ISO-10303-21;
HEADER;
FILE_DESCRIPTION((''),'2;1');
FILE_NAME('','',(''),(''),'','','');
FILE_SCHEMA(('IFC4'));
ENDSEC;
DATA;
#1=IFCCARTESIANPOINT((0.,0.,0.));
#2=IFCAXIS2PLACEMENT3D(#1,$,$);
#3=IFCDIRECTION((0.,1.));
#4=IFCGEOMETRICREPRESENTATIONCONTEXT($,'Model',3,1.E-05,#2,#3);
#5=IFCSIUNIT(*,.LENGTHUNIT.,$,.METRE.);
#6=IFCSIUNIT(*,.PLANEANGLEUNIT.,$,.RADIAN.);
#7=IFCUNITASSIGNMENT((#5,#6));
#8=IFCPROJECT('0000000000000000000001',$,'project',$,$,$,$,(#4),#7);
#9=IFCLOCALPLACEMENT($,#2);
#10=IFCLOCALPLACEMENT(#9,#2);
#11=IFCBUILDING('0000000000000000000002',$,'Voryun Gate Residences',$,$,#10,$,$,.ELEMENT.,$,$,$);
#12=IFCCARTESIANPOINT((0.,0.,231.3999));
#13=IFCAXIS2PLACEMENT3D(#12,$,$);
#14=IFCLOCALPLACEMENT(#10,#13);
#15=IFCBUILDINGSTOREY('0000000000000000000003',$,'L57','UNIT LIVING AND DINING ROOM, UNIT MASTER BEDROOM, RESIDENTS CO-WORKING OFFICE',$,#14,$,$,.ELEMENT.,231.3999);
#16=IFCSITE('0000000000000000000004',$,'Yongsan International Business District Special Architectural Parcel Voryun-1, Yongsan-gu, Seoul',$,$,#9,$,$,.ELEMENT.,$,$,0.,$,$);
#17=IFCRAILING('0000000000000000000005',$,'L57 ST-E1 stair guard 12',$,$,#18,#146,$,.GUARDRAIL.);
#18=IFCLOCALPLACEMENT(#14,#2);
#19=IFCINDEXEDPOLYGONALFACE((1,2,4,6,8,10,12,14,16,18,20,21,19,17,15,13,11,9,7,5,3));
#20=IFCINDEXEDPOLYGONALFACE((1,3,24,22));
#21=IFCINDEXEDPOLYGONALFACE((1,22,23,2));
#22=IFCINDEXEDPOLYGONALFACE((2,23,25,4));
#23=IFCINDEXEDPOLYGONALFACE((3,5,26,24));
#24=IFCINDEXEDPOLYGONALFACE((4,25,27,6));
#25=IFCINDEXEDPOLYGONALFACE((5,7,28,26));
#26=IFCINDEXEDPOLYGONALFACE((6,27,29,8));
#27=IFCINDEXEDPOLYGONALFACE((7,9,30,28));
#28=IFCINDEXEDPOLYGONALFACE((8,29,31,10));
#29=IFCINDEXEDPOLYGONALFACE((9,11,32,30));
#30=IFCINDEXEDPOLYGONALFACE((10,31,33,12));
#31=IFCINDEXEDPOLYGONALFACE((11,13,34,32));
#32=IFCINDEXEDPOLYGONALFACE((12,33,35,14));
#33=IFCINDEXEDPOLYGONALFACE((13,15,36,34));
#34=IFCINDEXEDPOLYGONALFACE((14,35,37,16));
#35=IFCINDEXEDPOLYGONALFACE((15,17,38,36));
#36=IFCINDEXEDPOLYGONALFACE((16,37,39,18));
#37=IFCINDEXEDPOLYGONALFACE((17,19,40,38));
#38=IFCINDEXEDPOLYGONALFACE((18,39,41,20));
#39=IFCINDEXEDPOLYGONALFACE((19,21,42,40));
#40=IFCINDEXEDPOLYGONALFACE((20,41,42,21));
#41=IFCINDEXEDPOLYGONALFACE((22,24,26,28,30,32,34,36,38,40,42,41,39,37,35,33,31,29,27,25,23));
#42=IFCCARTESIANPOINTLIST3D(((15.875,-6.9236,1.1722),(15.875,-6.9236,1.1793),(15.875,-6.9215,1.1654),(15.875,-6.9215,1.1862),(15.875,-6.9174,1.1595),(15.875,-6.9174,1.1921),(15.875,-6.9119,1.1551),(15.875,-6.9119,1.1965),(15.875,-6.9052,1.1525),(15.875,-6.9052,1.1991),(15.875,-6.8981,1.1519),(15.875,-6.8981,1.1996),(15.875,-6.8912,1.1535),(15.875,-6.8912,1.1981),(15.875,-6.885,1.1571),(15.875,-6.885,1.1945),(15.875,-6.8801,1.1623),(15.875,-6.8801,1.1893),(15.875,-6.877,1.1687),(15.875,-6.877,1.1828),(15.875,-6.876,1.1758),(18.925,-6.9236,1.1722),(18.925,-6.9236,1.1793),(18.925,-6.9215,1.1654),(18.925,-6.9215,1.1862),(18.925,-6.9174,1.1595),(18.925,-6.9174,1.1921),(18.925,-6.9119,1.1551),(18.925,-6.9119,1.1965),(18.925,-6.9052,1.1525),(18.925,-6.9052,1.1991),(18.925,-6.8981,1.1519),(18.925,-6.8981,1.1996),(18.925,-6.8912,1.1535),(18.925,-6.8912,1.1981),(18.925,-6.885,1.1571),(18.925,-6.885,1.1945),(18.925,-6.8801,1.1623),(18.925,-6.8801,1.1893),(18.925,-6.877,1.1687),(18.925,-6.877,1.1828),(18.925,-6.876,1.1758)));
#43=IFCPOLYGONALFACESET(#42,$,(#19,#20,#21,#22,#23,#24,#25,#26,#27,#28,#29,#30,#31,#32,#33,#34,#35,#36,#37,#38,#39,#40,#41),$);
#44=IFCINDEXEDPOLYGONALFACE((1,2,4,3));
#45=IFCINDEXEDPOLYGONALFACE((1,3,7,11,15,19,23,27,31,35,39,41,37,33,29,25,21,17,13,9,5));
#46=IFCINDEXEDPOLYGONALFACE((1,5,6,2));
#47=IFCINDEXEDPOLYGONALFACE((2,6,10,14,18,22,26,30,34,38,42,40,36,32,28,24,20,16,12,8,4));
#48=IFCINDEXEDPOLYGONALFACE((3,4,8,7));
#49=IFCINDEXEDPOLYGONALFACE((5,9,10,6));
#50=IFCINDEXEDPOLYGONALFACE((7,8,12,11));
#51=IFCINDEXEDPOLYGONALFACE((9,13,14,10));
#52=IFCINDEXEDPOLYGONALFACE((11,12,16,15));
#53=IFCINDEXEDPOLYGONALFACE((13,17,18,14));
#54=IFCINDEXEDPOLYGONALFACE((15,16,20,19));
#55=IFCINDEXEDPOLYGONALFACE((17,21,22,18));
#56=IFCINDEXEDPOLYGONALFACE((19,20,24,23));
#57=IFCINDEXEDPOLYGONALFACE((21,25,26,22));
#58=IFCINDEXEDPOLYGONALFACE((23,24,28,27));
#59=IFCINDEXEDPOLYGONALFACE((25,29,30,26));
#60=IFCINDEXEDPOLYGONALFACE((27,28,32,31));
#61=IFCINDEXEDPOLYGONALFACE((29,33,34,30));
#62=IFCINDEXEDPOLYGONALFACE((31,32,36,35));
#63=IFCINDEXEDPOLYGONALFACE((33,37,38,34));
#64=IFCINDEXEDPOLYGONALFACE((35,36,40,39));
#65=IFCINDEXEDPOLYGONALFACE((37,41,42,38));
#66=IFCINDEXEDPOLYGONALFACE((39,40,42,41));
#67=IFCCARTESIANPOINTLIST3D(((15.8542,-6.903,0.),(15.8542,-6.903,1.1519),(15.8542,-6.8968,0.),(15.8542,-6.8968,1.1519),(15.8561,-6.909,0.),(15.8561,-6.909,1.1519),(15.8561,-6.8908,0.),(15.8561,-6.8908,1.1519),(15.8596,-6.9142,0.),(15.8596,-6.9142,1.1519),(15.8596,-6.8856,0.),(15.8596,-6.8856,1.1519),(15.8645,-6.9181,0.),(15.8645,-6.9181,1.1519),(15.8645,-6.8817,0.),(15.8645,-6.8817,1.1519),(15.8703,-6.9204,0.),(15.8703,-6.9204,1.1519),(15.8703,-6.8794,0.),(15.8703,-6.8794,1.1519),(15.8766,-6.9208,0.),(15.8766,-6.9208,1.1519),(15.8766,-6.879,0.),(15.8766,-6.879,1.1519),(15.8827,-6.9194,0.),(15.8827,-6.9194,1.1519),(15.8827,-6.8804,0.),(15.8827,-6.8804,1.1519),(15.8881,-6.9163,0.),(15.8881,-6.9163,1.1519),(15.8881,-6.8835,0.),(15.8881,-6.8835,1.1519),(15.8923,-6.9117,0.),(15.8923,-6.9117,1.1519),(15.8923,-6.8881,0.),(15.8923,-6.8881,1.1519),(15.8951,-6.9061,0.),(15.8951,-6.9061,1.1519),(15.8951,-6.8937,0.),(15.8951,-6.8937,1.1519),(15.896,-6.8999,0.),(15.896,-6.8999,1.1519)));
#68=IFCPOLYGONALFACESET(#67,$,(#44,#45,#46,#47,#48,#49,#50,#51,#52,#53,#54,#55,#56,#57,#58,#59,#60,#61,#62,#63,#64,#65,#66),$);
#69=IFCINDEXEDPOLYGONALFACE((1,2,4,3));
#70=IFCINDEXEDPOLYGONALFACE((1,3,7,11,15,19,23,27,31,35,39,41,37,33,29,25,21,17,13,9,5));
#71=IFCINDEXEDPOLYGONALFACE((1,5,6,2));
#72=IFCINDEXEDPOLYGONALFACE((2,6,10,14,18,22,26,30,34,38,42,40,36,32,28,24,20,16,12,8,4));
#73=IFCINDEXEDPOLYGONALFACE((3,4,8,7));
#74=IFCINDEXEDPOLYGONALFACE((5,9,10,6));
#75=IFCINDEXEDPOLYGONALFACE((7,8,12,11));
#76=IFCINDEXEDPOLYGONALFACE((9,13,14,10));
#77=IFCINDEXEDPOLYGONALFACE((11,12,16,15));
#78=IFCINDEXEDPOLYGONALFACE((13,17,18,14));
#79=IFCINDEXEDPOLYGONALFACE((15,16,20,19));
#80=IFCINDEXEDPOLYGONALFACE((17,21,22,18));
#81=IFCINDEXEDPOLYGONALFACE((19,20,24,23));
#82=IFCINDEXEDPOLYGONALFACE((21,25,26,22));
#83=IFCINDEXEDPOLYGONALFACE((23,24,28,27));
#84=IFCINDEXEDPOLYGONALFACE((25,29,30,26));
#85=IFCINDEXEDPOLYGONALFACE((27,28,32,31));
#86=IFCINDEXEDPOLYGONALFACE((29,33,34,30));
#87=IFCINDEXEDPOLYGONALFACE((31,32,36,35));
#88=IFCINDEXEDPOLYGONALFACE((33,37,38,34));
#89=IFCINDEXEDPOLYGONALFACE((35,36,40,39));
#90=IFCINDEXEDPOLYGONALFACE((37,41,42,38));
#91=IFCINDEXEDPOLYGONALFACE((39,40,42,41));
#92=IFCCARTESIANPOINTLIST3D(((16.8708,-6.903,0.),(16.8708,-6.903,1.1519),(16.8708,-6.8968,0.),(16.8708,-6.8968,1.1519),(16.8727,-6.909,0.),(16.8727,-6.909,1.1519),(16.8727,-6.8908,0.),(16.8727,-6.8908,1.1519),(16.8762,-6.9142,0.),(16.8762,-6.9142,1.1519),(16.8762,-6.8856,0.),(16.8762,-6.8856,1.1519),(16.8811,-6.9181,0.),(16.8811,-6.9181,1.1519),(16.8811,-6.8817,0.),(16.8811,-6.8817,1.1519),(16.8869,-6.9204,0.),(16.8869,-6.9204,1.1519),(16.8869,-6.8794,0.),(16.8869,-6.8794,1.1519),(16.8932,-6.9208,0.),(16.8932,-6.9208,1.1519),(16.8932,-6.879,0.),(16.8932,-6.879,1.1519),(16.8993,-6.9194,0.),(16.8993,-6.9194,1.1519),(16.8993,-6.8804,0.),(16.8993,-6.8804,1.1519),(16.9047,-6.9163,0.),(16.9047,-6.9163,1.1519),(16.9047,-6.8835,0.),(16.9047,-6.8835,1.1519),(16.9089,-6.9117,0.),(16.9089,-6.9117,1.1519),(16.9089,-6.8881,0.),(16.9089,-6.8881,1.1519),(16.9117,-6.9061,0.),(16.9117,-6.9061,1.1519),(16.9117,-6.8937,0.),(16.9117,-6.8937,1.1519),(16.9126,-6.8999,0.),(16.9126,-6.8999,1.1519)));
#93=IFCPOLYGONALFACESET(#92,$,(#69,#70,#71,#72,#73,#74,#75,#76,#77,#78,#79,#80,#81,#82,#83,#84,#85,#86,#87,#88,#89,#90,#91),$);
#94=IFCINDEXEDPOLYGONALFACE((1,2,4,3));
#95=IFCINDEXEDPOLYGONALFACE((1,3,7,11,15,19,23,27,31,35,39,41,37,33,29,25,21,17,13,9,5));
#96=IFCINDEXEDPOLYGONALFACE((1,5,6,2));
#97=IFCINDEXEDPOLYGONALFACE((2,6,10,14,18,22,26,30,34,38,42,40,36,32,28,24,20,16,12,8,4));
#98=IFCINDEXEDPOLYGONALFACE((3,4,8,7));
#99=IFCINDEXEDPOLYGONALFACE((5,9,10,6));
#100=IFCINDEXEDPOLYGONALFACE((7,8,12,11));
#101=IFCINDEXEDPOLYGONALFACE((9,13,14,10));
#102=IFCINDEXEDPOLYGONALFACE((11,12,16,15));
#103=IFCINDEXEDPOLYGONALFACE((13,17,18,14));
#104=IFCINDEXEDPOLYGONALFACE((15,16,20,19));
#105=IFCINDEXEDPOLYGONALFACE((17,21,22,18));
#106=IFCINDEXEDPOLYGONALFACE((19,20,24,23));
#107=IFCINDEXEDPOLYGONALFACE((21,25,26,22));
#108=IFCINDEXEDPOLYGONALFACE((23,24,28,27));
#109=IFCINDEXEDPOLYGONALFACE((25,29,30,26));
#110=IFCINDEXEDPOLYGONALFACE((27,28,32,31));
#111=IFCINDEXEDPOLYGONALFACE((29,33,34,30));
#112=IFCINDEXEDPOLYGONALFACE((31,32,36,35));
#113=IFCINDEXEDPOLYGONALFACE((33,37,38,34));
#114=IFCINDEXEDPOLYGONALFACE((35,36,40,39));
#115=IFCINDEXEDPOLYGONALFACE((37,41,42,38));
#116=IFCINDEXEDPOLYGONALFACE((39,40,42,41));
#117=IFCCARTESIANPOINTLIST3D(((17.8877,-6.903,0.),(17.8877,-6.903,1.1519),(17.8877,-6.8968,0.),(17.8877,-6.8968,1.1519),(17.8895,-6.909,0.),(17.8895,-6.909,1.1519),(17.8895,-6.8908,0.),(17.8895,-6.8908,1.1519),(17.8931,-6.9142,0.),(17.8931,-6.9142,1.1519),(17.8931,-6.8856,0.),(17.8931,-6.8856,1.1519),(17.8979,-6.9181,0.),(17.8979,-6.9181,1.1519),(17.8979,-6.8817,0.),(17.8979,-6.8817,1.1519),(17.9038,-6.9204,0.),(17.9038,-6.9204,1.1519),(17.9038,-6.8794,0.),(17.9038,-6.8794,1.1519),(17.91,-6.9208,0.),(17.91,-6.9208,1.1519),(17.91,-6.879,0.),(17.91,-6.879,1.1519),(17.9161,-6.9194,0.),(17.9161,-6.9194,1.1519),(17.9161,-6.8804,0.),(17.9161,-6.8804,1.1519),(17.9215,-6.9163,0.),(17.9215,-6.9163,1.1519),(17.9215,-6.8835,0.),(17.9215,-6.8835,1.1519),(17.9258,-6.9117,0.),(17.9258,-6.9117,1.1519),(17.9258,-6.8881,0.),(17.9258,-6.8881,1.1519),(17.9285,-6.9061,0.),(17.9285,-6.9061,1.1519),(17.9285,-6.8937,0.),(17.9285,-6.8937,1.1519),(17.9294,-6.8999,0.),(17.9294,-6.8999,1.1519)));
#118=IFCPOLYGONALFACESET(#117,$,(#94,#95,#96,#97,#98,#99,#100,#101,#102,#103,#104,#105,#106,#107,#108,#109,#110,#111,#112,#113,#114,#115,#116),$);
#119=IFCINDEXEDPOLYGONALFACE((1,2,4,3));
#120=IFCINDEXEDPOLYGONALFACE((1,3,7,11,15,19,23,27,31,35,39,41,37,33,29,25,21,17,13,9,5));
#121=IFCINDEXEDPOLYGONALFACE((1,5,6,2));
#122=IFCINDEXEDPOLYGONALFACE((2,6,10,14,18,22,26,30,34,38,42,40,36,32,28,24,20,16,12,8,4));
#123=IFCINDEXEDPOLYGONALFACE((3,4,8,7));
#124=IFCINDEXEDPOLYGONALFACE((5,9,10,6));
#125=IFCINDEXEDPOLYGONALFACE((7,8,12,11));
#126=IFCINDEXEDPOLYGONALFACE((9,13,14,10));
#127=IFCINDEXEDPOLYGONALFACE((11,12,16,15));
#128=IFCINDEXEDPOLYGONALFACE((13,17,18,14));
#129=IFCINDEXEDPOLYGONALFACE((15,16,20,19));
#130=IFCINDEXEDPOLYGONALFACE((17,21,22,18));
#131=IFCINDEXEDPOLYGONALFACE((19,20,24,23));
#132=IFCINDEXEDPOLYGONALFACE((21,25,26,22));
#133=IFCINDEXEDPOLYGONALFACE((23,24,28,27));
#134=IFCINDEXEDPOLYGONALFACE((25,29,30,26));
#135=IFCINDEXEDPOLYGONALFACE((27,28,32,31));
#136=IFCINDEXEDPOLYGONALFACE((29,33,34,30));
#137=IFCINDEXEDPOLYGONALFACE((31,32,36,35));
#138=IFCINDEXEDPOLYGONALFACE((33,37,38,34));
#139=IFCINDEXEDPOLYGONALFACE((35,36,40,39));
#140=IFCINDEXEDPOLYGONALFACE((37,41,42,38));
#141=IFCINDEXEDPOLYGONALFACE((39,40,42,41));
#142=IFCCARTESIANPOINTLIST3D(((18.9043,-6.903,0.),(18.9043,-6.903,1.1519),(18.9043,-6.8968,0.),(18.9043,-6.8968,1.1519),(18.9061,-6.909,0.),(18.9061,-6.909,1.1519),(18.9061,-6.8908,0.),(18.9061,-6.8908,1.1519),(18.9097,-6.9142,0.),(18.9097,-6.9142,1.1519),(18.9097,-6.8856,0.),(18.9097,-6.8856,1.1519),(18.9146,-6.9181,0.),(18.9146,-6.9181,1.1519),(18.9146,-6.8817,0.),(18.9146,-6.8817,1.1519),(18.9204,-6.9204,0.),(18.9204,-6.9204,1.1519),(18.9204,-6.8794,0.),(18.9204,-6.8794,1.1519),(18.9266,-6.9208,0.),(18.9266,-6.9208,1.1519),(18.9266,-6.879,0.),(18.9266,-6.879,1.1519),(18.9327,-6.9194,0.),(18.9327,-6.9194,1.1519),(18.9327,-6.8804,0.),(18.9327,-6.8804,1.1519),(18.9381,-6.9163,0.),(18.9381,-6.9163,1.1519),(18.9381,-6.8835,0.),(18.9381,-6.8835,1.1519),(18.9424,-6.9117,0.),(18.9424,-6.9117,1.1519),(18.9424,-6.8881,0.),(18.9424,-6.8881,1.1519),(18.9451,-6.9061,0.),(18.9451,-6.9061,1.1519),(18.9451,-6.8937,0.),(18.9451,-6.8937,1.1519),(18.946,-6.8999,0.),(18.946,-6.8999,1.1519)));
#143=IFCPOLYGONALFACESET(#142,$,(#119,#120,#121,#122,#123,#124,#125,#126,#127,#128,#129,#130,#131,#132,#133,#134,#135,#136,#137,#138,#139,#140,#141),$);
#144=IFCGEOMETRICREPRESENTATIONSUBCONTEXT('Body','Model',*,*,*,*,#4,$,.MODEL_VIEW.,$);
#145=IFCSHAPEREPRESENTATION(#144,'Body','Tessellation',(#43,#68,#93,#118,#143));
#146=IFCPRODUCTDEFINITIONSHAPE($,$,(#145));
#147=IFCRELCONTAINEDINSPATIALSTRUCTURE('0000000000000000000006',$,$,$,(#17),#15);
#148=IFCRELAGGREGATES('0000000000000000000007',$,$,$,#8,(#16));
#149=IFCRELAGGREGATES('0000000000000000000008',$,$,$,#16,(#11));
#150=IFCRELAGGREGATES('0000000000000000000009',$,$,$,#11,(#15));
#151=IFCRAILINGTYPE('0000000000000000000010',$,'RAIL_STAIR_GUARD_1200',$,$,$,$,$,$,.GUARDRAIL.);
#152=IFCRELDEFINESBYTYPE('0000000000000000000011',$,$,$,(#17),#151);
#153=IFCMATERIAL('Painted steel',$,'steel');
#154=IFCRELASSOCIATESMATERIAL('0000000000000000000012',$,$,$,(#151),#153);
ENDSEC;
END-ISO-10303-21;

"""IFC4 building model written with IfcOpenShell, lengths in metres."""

from ifc_helpers import new_model, si_unit, direction, frame, origin, origin_2d, place, context, subcontext, project, spatial, circle, extrude, material, type_object, element, save


model = new_model("IFC4")

# Units and contexts
model_context = context("Model", 3, precision=1e-05, world=origin(), true_north=direction((0.0, 1.0)))
body_context = subcontext(model_context, "Body", "Model", "MODEL_VIEW")
ifc_project = project(units=[si_unit("LENGTHUNIT", "METRE"), si_unit("PLANEANGLEUNIT", "RADIAN")], contexts=[model_context])

# Site, building, storey
site_placement = place(None, origin())
site = spatial("IfcSite", under=ifc_project, at=site_placement, Name="Yongsan International Business District Special Architectural Parcel Voryun-1, Yongsan-gu, Seoul", CompositionType="ELEMENT", RefElevation=0.0)
building_placement = place(site_placement, origin())
building = spatial("IfcBuilding", under=site, at=building_placement, Name="Voryun Gate Residences", CompositionType="ELEMENT")
storey_placement = place(building_placement, frame((0.0, 0.0, 231.3999)))
storey = spatial("IfcBuildingStorey", under=building, at=storey_placement, Name="L57", Description="UNIT LIVING AND DINING ROOM, UNIT MASTER BEDROOM, RESIDENTS CO-WORKING OFFICE", CompositionType="ELEMENT", Elevation=231.3999)

# Railing
ifc_material_1 = material(Name="Painted steel", Category="steel")
railing_type_1 = type_object("IfcRailingType", Name="RAIL_STAIR_GUARD_1200", PredefinedType="GUARDRAIL", material=ifc_material_1)
railing_1_placement = place(storey_placement, frame((15.875, -6.8999, 0.0)))
element("IfcRailing", 1, at=railing_1_placement, inside=storey, type_object=railing_type_1, Name="L57 ST-E1 stair guard 12", PredefinedType="GUARDRAIL", context=body_context, shape_type="SweptSolid", body=[
    extrude(circle(Radius=0.0239, at=origin_2d()), frame((0.0, 0.0, 1.1758), z_axis=(1.0, 0.0, 0.0), x_axis=(0.0, 1.0, 0.0)), (0.0, 0.0, 1.0), 3.05),
    extrude(circle(Radius=0.021, at=origin_2d()), origin(), (0.0, 0.0, 1.0), 1.1519),
    extrude(circle(Radius=0.021, at=origin_2d()), frame((1.0166, 0.0, 0.0)), (0.0, 0.0, 1.0), 1.1519),
    extrude(circle(Radius=0.021, at=origin_2d()), frame((2.0334, 0.0, 0.0)), (0.0, 0.0, 1.0), 1.1519),
    extrude(circle(Radius=0.021, at=origin_2d()), frame((3.05, 0.0, 0.0)), (0.0, 0.0, 1.0), 1.1519),
])

save(model, "model.ifc")
